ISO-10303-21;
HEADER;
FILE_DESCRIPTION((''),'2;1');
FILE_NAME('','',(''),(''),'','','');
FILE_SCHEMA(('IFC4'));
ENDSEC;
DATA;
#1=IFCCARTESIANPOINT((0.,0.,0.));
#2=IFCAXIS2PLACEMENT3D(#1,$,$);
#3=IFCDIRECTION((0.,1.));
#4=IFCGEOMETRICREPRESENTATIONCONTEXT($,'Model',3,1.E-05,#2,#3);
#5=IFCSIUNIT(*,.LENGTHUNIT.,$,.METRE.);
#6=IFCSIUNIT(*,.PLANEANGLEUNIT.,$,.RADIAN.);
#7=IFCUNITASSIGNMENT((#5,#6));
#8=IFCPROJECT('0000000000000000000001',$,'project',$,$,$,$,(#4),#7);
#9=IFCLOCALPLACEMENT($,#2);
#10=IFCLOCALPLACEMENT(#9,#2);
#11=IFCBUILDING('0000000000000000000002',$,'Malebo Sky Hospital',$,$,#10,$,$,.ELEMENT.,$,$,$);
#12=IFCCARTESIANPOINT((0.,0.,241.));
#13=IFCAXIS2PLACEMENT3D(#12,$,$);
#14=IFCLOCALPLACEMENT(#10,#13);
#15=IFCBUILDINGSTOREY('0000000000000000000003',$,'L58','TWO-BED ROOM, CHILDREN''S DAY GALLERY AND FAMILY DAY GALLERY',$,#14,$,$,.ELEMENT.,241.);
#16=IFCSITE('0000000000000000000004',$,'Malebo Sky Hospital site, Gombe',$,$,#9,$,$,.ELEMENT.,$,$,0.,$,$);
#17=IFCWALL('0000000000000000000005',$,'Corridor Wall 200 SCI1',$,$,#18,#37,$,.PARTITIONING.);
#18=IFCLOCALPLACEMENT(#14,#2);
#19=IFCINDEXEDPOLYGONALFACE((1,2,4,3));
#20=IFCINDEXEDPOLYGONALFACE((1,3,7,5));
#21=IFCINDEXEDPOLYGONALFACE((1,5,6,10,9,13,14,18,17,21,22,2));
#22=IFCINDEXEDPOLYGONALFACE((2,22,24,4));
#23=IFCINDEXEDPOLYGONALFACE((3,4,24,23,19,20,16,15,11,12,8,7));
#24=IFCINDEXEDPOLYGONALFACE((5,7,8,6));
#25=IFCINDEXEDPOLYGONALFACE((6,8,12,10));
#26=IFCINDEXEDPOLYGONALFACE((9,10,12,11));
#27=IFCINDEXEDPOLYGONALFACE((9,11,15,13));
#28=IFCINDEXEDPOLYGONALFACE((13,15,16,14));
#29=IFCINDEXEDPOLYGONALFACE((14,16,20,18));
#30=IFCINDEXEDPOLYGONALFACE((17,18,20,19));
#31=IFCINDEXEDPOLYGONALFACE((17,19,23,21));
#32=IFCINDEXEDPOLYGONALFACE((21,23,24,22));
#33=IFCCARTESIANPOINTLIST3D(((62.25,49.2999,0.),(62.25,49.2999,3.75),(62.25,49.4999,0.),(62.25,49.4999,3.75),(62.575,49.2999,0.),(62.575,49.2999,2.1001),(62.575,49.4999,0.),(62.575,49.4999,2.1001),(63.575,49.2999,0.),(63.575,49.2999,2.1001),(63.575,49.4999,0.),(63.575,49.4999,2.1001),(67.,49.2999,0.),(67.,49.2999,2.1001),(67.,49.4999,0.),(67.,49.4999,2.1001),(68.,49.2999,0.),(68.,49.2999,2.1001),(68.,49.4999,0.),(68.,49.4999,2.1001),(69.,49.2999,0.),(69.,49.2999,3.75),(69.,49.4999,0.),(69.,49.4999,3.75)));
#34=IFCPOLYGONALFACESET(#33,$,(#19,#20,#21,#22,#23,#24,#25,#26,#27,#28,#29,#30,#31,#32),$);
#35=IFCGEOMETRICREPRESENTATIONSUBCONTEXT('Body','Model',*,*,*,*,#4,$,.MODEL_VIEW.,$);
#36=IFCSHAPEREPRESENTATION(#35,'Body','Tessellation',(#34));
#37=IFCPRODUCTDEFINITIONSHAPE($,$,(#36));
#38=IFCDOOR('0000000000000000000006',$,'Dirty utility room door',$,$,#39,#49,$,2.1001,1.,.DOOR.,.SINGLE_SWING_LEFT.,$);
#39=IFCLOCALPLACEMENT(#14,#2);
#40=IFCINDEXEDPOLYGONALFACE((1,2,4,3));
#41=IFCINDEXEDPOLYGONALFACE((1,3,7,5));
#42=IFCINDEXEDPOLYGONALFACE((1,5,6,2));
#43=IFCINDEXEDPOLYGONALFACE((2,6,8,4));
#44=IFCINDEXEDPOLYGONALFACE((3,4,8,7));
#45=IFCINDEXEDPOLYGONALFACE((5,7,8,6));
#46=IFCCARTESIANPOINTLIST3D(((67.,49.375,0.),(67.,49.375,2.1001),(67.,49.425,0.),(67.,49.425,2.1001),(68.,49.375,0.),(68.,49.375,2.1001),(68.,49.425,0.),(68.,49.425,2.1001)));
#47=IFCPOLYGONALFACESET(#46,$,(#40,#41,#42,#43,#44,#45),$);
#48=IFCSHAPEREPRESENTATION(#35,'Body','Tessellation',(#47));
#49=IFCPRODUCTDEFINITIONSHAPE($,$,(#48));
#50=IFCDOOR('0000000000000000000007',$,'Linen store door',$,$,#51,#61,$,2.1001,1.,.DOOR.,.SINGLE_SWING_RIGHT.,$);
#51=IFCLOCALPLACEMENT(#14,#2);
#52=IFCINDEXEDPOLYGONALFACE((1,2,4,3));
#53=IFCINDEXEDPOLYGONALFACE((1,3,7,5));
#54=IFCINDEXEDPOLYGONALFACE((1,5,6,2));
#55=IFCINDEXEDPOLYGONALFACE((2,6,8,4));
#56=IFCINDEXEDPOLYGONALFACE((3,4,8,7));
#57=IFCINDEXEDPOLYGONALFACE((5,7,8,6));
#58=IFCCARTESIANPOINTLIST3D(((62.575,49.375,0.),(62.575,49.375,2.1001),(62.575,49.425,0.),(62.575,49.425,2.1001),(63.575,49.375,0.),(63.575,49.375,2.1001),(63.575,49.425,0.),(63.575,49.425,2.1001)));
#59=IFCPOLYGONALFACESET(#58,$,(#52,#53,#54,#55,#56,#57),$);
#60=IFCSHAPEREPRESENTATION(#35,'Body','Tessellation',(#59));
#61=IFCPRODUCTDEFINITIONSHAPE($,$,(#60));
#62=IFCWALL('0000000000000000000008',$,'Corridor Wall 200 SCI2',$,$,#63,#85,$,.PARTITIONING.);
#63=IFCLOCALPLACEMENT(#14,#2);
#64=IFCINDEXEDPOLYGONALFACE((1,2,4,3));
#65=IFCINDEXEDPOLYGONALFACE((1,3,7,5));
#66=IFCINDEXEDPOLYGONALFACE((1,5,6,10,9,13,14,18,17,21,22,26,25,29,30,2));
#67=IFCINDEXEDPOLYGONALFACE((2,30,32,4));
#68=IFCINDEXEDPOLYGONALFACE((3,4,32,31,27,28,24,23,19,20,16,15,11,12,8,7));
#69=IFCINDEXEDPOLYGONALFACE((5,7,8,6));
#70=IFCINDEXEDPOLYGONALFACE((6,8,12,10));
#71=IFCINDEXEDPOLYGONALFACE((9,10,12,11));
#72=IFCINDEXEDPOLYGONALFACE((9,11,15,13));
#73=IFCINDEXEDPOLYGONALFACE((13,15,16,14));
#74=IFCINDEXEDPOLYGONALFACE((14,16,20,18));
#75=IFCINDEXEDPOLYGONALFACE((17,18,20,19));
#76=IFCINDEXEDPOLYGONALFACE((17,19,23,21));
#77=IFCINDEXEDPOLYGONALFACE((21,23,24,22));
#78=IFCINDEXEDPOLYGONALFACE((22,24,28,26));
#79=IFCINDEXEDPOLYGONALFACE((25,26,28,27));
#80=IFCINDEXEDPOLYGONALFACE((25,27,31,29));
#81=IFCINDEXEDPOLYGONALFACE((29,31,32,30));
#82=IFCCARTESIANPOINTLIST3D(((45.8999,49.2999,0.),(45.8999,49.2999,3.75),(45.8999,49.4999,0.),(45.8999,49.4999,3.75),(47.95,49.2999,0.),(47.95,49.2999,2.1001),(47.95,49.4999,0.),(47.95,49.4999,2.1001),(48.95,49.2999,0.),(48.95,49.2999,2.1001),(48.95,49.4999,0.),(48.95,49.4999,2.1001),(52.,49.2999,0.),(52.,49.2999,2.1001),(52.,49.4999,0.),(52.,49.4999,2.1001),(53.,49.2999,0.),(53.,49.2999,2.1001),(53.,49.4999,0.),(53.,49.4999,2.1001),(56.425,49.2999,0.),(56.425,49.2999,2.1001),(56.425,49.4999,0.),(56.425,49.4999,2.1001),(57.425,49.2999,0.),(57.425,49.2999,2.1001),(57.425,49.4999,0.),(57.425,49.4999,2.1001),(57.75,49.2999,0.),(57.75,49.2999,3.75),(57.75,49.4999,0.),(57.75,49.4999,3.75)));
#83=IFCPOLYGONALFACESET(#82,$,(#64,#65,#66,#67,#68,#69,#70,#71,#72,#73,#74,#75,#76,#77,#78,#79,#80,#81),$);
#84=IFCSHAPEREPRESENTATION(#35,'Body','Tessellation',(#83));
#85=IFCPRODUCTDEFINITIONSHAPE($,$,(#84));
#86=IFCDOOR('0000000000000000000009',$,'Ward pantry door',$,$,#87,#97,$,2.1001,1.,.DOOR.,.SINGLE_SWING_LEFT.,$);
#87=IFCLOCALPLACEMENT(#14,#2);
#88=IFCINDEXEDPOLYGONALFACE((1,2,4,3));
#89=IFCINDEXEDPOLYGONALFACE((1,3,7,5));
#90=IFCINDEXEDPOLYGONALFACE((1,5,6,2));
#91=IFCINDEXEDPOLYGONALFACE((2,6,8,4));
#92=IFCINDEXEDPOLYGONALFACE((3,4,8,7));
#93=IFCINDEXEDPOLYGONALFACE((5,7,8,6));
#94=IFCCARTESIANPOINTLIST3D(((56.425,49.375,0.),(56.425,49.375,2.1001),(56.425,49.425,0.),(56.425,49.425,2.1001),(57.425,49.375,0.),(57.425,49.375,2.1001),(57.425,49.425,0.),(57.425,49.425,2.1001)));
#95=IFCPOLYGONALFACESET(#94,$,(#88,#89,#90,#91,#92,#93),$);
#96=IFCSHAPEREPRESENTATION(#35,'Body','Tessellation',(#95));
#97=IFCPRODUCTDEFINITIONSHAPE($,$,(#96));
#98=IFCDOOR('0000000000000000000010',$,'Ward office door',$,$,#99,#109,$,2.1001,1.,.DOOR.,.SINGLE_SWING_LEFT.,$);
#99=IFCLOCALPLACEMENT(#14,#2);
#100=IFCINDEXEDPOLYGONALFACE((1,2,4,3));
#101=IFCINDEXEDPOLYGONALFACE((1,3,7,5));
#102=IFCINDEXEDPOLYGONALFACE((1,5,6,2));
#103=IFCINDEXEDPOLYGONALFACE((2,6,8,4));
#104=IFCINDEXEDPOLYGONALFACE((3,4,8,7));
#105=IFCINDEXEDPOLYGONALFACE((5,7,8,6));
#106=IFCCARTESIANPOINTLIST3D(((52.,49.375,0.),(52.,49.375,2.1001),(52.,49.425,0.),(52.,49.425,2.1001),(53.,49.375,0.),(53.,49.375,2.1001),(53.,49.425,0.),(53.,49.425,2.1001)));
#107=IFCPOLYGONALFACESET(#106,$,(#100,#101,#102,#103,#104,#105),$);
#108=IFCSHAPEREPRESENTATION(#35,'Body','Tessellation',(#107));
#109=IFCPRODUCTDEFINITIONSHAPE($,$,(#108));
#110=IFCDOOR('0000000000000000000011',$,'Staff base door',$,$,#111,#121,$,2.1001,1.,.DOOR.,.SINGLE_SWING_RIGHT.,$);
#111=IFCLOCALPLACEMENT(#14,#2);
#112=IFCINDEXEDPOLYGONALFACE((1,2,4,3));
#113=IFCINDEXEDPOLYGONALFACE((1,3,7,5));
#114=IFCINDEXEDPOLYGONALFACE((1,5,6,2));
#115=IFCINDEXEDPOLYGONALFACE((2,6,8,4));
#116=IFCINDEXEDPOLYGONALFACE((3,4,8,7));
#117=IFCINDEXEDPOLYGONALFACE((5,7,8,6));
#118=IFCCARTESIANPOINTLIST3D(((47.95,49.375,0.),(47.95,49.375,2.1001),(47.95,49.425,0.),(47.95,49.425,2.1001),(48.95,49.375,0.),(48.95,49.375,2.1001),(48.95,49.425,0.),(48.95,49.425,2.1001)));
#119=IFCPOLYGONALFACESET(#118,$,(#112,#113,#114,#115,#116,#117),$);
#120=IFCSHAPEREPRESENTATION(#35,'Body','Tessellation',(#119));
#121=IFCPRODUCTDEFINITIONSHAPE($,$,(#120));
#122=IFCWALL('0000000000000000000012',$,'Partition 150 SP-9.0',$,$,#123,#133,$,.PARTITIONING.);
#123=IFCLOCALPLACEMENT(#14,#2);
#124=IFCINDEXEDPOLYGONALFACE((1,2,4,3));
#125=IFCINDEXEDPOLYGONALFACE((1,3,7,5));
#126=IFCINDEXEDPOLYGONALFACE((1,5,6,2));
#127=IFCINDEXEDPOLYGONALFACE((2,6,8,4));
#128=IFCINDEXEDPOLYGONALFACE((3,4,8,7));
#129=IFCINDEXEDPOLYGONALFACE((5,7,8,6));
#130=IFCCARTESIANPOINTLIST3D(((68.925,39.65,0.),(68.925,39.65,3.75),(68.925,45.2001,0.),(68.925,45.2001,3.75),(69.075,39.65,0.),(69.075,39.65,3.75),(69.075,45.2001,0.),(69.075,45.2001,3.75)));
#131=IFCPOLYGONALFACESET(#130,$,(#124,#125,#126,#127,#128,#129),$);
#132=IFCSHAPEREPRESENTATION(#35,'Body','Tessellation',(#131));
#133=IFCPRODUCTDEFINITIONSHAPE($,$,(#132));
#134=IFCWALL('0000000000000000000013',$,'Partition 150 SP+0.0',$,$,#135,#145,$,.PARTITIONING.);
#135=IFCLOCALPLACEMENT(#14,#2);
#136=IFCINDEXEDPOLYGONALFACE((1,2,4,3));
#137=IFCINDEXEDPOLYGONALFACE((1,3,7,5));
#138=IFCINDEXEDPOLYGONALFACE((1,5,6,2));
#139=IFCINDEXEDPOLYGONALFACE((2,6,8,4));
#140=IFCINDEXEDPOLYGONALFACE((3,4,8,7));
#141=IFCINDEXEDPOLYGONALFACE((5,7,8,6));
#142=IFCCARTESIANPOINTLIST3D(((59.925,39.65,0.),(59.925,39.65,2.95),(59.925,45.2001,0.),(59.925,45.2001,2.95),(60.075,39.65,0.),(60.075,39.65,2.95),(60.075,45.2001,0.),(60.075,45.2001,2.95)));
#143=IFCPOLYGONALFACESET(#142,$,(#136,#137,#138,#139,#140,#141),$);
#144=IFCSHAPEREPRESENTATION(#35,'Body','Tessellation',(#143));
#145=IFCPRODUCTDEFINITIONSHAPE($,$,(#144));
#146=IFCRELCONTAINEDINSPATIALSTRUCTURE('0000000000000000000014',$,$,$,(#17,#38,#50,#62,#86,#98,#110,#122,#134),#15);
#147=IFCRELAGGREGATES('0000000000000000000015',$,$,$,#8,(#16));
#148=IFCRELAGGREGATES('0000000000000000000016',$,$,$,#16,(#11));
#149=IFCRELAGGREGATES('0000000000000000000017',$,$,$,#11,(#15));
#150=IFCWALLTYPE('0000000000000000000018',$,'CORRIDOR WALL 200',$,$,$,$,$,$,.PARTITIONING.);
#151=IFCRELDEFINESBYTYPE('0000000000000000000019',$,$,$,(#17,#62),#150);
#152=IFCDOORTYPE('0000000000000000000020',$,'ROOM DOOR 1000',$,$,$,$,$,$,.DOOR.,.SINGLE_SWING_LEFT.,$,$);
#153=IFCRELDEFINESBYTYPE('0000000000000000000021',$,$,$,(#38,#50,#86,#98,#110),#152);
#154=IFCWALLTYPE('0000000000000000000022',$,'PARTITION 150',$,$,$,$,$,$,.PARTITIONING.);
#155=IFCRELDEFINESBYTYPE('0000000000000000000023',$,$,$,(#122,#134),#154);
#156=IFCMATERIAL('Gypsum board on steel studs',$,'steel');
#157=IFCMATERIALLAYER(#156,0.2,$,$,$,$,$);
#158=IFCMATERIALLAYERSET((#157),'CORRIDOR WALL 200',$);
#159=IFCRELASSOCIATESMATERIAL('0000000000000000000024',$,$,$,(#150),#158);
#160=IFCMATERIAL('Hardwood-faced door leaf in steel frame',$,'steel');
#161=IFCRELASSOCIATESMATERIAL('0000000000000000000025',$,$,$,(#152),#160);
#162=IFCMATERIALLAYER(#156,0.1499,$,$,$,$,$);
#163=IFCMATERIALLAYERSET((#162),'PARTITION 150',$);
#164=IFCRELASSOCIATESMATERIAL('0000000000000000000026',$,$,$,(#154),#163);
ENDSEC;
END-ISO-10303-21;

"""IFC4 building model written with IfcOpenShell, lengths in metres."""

from ifc_helpers import new_model, si_unit, direction, frame, frame_2d, origin, place, context, subcontext, project, spatial, rectangle, extrude, material, layer, layer_set, type_object, element, fill, save


model = new_model("IFC4")

# Units and contexts
model_context = context("Model", 3, precision=1e-05, world=origin(), true_north=direction((0.0, 1.0)))
body_context = subcontext(model_context, "Body", "Model", "MODEL_VIEW")
ifc_project = project(units=[si_unit("LENGTHUNIT", "METRE"), si_unit("PLANEANGLEUNIT", "RADIAN")], contexts=[model_context])

# Site, building, storey
site_placement = place(None, origin())
site = spatial("IfcSite", under=ifc_project, at=site_placement, Name="Malebo Sky Hospital site, Gombe", CompositionType="ELEMENT", RefElevation=0.0)
building_placement = place(site_placement, origin())
building = spatial("IfcBuilding", under=site, at=building_placement, Name="Malebo Sky Hospital", CompositionType="ELEMENT")
storey_placement = place(building_placement, frame((0.0, 0.0, 241.0)))
storey = spatial("IfcBuildingStorey", under=building, at=storey_placement, Name="L58", Description="TWO-BED ROOM, CHILDREN'S DAY GALLERY AND FAMILY DAY GALLERY", CompositionType="ELEMENT", Elevation=241.0)

# Walls, openings, doors
ifc_material_1 = material(Name="Gypsum board on steel studs", Category="steel")
ifc_layer_1 = layer(ifc_material_1, 0.2)
ifc_layer_set_1 = layer_set([ifc_layer_1], Name="CORRIDOR WALL 200")
wall_type_1 = type_object("IfcWallType", Name="CORRIDOR WALL 200", PredefinedType="PARTITIONING", material=ifc_layer_set_1)
wall_1_placement = place(storey_placement, frame((69.0, 49.3999, 0.0), z_axis=(0.0, 0.0, 1.0), x_axis=(-1.0, 0.0, 0.0)))
wall_1 = element("IfcWall", 1, at=wall_1_placement, inside=storey, type_object=wall_type_1, Name="Corridor Wall 200 SCI1", PredefinedType="PARTITIONING", context=body_context, shape_type="SweptSolid", body=[
    extrude(rectangle(XDim=6.75, YDim=0.2, at=frame_2d((3.375, 0.0))), origin(), (0.0, 0.0, 1.0), 3.75),
])
opening_1_placement = place(wall_1_placement, frame((1.0, 0.0, 0.0)))
opening_1 = element("IfcOpeningElement", 2, at=opening_1_placement, cuts=wall_1, PredefinedType="OPENING", context=body_context, shape_type="SweptSolid", body=[
    extrude(rectangle(XDim=1.0, YDim=2.1001, at=frame_2d((0.5, 1.05))), frame((0.0, 0.1099, 0.0), z_axis=(0.0, -1.0, 0.0), x_axis=(1.0, 0.0, 0.0)), (0.0, 0.0, 1.0), 0.22),
])
opening_2_placement = place(wall_1_placement, frame((5.425, 0.0, 0.0)))
opening_2 = element("IfcOpeningElement", 3, at=opening_2_placement, cuts=wall_1, PredefinedType="OPENING", context=body_context, shape_type="SweptSolid", body=[
    extrude(rectangle(XDim=1.0, YDim=2.1001, at=frame_2d((0.5, 1.05))), frame((0.0, 0.1099, 0.0), z_axis=(0.0, -1.0, 0.0), x_axis=(1.0, 0.0, 0.0)), (0.0, 0.0, 1.0), 0.22),
])
ifc_material_2 = material(Name="Hardwood-faced door leaf in steel frame", Category="steel")
door_type_1 = type_object("IfcDoorType", Name="ROOM DOOR 1000", OperationType="SINGLE_SWING_LEFT", PredefinedType="DOOR", material=ifc_material_2)
door_1_placement = place(opening_1_placement, origin())
door_1 = element("IfcDoor", 4, at=door_1_placement, inside=storey, type_object=door_type_1, Name="Dirty utility room door", OperationType="SINGLE_SWING_LEFT", OverallHeight=2.1001, OverallWidth=1.0, PredefinedType="DOOR", context=body_context, shape_type="SweptSolid", body=[
    extrude(rectangle(XDim=1.0, YDim=2.1001, at=frame_2d((0.5, 1.05))), frame((0.0, 0.0249, 0.0), z_axis=(0.0, -1.0, 0.0), x_axis=(1.0, 0.0, 0.0)), (0.0, 0.0, 1.0), 0.05),
])
fill(opening_1, door_1)
door_2_placement = place(opening_2_placement, origin())
door_2 = element("IfcDoor", 5, at=door_2_placement, inside=storey, type_object=door_type_1, Name="Linen store door", OperationType="SINGLE_SWING_RIGHT", OverallHeight=2.1001, OverallWidth=1.0, PredefinedType="DOOR", context=body_context, shape_type="SweptSolid", body=[
    extrude(rectangle(XDim=1.0, YDim=2.1001, at=frame_2d((0.5, 1.05))), frame((0.0, 0.0249, 0.0), z_axis=(0.0, -1.0, 0.0), x_axis=(1.0, 0.0, 0.0)), (0.0, 0.0, 1.0), 0.05),
])
fill(opening_2, door_2)
wall_2_placement = place(storey_placement, frame((57.75, 49.3999, 0.0), z_axis=(0.0, 0.0, 1.0), x_axis=(-1.0, 0.0, 0.0)))
wall_2 = element("IfcWall", 6, at=wall_2_placement, inside=storey, type_object=wall_type_1, Name="Corridor Wall 200 SCI2", PredefinedType="PARTITIONING", context=body_context, shape_type="SweptSolid", body=[
    extrude(rectangle(XDim=11.8501, YDim=0.2, at=frame_2d((5.925, 0.0))), origin(), (0.0, 0.0, 1.0), 3.75),
])
opening_3_placement = place(wall_2_placement, frame((0.325, 0.0, 0.0)))
opening_3 = element("IfcOpeningElement", 7, at=opening_3_placement, cuts=wall_2, PredefinedType="OPENING", context=body_context, shape_type="SweptSolid", body=[
    extrude(rectangle(XDim=1.0, YDim=2.1001, at=frame_2d((0.5, 1.05))), frame((0.0, 0.1099, 0.0), z_axis=(0.0, -1.0, 0.0), x_axis=(1.0, 0.0, 0.0)), (0.0, 0.0, 1.0), 0.22),
])
opening_4_placement = place(wall_2_placement, frame((4.75, 0.0, 0.0)))
opening_4 = element("IfcOpeningElement", 8, at=opening_4_placement, cuts=wall_2, PredefinedType="OPENING", context=body_context, shape_type="SweptSolid", body=[
    extrude(rectangle(XDim=1.0, YDim=2.1001, at=frame_2d((0.5, 1.05))), frame((0.0, 0.1099, 0.0), z_axis=(0.0, -1.0, 0.0), x_axis=(1.0, 0.0, 0.0)), (0.0, 0.0, 1.0), 0.22),
])
opening_5_placement = place(wall_2_placement, frame((8.8, 0.0, 0.0)))
opening_5 = element("IfcOpeningElement", 9, at=opening_5_placement, cuts=wall_2, PredefinedType="OPENING", context=body_context, shape_type="SweptSolid", body=[
    extrude(rectangle(XDim=1.0, YDim=2.1001, at=frame_2d((0.5, 1.05))), frame((0.0, 0.1099, 0.0), z_axis=(0.0, -1.0, 0.0), x_axis=(1.0, 0.0, 0.0)), (0.0, 0.0, 1.0), 0.22),
])
door_3_placement = place(opening_3_placement, origin())
door_3 = element("IfcDoor", 10, at=door_3_placement, inside=storey, type_object=door_type_1, Name="Ward pantry door", OperationType="SINGLE_SWING_LEFT", OverallHeight=2.1001, OverallWidth=1.0, PredefinedType="DOOR", context=body_context, shape_type="SweptSolid", body=[
    extrude(rectangle(XDim=1.0, YDim=2.1001, at=frame_2d((0.5, 1.05))), frame((0.0, 0.0249, 0.0), z_axis=(0.0, -1.0, 0.0), x_axis=(1.0, 0.0, 0.0)), (0.0, 0.0, 1.0), 0.05),
])
fill(opening_3, door_3)
door_4_placement = place(opening_4_placement, origin())
door_4 = element("IfcDoor", 11, at=door_4_placement, inside=storey, type_object=door_type_1, Name="Ward office door", OperationType="SINGLE_SWING_LEFT", OverallHeight=2.1001, OverallWidth=1.0, PredefinedType="DOOR", context=body_context, shape_type="SweptSolid", body=[
    extrude(rectangle(XDim=1.0, YDim=2.1001, at=frame_2d((0.5, 1.05))), frame((0.0, 0.0249, 0.0), z_axis=(0.0, -1.0, 0.0), x_axis=(1.0, 0.0, 0.0)), (0.0, 0.0, 1.0), 0.05),
])
fill(opening_4, door_4)
door_5_placement = place(opening_5_placement, origin())
door_5 = element("IfcDoor", 12, at=door_5_placement, inside=storey, type_object=door_type_1, Name="Staff base door", OperationType="SINGLE_SWING_RIGHT", OverallHeight=2.1001, OverallWidth=1.0, PredefinedType="DOOR", context=body_context, shape_type="SweptSolid", body=[
    extrude(rectangle(XDim=1.0, YDim=2.1001, at=frame_2d((0.5, 1.05))), frame((0.0, 0.0249, 0.0), z_axis=(0.0, -1.0, 0.0), x_axis=(1.0, 0.0, 0.0)), (0.0, 0.0, 1.0), 0.05),
])
fill(opening_5, door_5)

# Walls
ifc_layer_2 = layer(ifc_material_1, 0.1499)
ifc_layer_set_2 = layer_set([ifc_layer_2], Name="PARTITION 150")
wall_type_2 = type_object("IfcWallType", Name="PARTITION 150", PredefinedType="PARTITIONING", material=ifc_layer_set_2)
wall_3_placement = place(storey_placement, frame((69.0, 45.2, 0.0), z_axis=(0.0, 0.0, 1.0), x_axis=(0.0, -1.0, 0.0)))
element("IfcWall", 13, at=wall_3_placement, inside=storey, type_object=wall_type_2, Name="Partition 150 SP-9.0", PredefinedType="PARTITIONING", context=body_context, shape_type="SweptSolid", body=[
    extrude(rectangle(XDim=5.55, YDim=0.1499, at=frame_2d((2.7749, 0.0))), origin(), (0.0, 0.0, 1.0), 3.75),
])
wall_4_placement = place(storey_placement, frame((60.0, 45.2, 0.0), z_axis=(0.0, 0.0, 1.0), x_axis=(0.0, -1.0, 0.0)))
element("IfcWall", 14, at=wall_4_placement, inside=storey, type_object=wall_type_2, Name="Partition 150 SP+0.0", PredefinedType="PARTITIONING", context=body_context, shape_type="SweptSolid", body=[
    extrude(rectangle(XDim=5.55, YDim=0.1499, at=frame_2d((2.7749, 0.0))), origin(), (0.0, 0.0, 1.0), 2.95),
])

save(model, "model.ifc")
